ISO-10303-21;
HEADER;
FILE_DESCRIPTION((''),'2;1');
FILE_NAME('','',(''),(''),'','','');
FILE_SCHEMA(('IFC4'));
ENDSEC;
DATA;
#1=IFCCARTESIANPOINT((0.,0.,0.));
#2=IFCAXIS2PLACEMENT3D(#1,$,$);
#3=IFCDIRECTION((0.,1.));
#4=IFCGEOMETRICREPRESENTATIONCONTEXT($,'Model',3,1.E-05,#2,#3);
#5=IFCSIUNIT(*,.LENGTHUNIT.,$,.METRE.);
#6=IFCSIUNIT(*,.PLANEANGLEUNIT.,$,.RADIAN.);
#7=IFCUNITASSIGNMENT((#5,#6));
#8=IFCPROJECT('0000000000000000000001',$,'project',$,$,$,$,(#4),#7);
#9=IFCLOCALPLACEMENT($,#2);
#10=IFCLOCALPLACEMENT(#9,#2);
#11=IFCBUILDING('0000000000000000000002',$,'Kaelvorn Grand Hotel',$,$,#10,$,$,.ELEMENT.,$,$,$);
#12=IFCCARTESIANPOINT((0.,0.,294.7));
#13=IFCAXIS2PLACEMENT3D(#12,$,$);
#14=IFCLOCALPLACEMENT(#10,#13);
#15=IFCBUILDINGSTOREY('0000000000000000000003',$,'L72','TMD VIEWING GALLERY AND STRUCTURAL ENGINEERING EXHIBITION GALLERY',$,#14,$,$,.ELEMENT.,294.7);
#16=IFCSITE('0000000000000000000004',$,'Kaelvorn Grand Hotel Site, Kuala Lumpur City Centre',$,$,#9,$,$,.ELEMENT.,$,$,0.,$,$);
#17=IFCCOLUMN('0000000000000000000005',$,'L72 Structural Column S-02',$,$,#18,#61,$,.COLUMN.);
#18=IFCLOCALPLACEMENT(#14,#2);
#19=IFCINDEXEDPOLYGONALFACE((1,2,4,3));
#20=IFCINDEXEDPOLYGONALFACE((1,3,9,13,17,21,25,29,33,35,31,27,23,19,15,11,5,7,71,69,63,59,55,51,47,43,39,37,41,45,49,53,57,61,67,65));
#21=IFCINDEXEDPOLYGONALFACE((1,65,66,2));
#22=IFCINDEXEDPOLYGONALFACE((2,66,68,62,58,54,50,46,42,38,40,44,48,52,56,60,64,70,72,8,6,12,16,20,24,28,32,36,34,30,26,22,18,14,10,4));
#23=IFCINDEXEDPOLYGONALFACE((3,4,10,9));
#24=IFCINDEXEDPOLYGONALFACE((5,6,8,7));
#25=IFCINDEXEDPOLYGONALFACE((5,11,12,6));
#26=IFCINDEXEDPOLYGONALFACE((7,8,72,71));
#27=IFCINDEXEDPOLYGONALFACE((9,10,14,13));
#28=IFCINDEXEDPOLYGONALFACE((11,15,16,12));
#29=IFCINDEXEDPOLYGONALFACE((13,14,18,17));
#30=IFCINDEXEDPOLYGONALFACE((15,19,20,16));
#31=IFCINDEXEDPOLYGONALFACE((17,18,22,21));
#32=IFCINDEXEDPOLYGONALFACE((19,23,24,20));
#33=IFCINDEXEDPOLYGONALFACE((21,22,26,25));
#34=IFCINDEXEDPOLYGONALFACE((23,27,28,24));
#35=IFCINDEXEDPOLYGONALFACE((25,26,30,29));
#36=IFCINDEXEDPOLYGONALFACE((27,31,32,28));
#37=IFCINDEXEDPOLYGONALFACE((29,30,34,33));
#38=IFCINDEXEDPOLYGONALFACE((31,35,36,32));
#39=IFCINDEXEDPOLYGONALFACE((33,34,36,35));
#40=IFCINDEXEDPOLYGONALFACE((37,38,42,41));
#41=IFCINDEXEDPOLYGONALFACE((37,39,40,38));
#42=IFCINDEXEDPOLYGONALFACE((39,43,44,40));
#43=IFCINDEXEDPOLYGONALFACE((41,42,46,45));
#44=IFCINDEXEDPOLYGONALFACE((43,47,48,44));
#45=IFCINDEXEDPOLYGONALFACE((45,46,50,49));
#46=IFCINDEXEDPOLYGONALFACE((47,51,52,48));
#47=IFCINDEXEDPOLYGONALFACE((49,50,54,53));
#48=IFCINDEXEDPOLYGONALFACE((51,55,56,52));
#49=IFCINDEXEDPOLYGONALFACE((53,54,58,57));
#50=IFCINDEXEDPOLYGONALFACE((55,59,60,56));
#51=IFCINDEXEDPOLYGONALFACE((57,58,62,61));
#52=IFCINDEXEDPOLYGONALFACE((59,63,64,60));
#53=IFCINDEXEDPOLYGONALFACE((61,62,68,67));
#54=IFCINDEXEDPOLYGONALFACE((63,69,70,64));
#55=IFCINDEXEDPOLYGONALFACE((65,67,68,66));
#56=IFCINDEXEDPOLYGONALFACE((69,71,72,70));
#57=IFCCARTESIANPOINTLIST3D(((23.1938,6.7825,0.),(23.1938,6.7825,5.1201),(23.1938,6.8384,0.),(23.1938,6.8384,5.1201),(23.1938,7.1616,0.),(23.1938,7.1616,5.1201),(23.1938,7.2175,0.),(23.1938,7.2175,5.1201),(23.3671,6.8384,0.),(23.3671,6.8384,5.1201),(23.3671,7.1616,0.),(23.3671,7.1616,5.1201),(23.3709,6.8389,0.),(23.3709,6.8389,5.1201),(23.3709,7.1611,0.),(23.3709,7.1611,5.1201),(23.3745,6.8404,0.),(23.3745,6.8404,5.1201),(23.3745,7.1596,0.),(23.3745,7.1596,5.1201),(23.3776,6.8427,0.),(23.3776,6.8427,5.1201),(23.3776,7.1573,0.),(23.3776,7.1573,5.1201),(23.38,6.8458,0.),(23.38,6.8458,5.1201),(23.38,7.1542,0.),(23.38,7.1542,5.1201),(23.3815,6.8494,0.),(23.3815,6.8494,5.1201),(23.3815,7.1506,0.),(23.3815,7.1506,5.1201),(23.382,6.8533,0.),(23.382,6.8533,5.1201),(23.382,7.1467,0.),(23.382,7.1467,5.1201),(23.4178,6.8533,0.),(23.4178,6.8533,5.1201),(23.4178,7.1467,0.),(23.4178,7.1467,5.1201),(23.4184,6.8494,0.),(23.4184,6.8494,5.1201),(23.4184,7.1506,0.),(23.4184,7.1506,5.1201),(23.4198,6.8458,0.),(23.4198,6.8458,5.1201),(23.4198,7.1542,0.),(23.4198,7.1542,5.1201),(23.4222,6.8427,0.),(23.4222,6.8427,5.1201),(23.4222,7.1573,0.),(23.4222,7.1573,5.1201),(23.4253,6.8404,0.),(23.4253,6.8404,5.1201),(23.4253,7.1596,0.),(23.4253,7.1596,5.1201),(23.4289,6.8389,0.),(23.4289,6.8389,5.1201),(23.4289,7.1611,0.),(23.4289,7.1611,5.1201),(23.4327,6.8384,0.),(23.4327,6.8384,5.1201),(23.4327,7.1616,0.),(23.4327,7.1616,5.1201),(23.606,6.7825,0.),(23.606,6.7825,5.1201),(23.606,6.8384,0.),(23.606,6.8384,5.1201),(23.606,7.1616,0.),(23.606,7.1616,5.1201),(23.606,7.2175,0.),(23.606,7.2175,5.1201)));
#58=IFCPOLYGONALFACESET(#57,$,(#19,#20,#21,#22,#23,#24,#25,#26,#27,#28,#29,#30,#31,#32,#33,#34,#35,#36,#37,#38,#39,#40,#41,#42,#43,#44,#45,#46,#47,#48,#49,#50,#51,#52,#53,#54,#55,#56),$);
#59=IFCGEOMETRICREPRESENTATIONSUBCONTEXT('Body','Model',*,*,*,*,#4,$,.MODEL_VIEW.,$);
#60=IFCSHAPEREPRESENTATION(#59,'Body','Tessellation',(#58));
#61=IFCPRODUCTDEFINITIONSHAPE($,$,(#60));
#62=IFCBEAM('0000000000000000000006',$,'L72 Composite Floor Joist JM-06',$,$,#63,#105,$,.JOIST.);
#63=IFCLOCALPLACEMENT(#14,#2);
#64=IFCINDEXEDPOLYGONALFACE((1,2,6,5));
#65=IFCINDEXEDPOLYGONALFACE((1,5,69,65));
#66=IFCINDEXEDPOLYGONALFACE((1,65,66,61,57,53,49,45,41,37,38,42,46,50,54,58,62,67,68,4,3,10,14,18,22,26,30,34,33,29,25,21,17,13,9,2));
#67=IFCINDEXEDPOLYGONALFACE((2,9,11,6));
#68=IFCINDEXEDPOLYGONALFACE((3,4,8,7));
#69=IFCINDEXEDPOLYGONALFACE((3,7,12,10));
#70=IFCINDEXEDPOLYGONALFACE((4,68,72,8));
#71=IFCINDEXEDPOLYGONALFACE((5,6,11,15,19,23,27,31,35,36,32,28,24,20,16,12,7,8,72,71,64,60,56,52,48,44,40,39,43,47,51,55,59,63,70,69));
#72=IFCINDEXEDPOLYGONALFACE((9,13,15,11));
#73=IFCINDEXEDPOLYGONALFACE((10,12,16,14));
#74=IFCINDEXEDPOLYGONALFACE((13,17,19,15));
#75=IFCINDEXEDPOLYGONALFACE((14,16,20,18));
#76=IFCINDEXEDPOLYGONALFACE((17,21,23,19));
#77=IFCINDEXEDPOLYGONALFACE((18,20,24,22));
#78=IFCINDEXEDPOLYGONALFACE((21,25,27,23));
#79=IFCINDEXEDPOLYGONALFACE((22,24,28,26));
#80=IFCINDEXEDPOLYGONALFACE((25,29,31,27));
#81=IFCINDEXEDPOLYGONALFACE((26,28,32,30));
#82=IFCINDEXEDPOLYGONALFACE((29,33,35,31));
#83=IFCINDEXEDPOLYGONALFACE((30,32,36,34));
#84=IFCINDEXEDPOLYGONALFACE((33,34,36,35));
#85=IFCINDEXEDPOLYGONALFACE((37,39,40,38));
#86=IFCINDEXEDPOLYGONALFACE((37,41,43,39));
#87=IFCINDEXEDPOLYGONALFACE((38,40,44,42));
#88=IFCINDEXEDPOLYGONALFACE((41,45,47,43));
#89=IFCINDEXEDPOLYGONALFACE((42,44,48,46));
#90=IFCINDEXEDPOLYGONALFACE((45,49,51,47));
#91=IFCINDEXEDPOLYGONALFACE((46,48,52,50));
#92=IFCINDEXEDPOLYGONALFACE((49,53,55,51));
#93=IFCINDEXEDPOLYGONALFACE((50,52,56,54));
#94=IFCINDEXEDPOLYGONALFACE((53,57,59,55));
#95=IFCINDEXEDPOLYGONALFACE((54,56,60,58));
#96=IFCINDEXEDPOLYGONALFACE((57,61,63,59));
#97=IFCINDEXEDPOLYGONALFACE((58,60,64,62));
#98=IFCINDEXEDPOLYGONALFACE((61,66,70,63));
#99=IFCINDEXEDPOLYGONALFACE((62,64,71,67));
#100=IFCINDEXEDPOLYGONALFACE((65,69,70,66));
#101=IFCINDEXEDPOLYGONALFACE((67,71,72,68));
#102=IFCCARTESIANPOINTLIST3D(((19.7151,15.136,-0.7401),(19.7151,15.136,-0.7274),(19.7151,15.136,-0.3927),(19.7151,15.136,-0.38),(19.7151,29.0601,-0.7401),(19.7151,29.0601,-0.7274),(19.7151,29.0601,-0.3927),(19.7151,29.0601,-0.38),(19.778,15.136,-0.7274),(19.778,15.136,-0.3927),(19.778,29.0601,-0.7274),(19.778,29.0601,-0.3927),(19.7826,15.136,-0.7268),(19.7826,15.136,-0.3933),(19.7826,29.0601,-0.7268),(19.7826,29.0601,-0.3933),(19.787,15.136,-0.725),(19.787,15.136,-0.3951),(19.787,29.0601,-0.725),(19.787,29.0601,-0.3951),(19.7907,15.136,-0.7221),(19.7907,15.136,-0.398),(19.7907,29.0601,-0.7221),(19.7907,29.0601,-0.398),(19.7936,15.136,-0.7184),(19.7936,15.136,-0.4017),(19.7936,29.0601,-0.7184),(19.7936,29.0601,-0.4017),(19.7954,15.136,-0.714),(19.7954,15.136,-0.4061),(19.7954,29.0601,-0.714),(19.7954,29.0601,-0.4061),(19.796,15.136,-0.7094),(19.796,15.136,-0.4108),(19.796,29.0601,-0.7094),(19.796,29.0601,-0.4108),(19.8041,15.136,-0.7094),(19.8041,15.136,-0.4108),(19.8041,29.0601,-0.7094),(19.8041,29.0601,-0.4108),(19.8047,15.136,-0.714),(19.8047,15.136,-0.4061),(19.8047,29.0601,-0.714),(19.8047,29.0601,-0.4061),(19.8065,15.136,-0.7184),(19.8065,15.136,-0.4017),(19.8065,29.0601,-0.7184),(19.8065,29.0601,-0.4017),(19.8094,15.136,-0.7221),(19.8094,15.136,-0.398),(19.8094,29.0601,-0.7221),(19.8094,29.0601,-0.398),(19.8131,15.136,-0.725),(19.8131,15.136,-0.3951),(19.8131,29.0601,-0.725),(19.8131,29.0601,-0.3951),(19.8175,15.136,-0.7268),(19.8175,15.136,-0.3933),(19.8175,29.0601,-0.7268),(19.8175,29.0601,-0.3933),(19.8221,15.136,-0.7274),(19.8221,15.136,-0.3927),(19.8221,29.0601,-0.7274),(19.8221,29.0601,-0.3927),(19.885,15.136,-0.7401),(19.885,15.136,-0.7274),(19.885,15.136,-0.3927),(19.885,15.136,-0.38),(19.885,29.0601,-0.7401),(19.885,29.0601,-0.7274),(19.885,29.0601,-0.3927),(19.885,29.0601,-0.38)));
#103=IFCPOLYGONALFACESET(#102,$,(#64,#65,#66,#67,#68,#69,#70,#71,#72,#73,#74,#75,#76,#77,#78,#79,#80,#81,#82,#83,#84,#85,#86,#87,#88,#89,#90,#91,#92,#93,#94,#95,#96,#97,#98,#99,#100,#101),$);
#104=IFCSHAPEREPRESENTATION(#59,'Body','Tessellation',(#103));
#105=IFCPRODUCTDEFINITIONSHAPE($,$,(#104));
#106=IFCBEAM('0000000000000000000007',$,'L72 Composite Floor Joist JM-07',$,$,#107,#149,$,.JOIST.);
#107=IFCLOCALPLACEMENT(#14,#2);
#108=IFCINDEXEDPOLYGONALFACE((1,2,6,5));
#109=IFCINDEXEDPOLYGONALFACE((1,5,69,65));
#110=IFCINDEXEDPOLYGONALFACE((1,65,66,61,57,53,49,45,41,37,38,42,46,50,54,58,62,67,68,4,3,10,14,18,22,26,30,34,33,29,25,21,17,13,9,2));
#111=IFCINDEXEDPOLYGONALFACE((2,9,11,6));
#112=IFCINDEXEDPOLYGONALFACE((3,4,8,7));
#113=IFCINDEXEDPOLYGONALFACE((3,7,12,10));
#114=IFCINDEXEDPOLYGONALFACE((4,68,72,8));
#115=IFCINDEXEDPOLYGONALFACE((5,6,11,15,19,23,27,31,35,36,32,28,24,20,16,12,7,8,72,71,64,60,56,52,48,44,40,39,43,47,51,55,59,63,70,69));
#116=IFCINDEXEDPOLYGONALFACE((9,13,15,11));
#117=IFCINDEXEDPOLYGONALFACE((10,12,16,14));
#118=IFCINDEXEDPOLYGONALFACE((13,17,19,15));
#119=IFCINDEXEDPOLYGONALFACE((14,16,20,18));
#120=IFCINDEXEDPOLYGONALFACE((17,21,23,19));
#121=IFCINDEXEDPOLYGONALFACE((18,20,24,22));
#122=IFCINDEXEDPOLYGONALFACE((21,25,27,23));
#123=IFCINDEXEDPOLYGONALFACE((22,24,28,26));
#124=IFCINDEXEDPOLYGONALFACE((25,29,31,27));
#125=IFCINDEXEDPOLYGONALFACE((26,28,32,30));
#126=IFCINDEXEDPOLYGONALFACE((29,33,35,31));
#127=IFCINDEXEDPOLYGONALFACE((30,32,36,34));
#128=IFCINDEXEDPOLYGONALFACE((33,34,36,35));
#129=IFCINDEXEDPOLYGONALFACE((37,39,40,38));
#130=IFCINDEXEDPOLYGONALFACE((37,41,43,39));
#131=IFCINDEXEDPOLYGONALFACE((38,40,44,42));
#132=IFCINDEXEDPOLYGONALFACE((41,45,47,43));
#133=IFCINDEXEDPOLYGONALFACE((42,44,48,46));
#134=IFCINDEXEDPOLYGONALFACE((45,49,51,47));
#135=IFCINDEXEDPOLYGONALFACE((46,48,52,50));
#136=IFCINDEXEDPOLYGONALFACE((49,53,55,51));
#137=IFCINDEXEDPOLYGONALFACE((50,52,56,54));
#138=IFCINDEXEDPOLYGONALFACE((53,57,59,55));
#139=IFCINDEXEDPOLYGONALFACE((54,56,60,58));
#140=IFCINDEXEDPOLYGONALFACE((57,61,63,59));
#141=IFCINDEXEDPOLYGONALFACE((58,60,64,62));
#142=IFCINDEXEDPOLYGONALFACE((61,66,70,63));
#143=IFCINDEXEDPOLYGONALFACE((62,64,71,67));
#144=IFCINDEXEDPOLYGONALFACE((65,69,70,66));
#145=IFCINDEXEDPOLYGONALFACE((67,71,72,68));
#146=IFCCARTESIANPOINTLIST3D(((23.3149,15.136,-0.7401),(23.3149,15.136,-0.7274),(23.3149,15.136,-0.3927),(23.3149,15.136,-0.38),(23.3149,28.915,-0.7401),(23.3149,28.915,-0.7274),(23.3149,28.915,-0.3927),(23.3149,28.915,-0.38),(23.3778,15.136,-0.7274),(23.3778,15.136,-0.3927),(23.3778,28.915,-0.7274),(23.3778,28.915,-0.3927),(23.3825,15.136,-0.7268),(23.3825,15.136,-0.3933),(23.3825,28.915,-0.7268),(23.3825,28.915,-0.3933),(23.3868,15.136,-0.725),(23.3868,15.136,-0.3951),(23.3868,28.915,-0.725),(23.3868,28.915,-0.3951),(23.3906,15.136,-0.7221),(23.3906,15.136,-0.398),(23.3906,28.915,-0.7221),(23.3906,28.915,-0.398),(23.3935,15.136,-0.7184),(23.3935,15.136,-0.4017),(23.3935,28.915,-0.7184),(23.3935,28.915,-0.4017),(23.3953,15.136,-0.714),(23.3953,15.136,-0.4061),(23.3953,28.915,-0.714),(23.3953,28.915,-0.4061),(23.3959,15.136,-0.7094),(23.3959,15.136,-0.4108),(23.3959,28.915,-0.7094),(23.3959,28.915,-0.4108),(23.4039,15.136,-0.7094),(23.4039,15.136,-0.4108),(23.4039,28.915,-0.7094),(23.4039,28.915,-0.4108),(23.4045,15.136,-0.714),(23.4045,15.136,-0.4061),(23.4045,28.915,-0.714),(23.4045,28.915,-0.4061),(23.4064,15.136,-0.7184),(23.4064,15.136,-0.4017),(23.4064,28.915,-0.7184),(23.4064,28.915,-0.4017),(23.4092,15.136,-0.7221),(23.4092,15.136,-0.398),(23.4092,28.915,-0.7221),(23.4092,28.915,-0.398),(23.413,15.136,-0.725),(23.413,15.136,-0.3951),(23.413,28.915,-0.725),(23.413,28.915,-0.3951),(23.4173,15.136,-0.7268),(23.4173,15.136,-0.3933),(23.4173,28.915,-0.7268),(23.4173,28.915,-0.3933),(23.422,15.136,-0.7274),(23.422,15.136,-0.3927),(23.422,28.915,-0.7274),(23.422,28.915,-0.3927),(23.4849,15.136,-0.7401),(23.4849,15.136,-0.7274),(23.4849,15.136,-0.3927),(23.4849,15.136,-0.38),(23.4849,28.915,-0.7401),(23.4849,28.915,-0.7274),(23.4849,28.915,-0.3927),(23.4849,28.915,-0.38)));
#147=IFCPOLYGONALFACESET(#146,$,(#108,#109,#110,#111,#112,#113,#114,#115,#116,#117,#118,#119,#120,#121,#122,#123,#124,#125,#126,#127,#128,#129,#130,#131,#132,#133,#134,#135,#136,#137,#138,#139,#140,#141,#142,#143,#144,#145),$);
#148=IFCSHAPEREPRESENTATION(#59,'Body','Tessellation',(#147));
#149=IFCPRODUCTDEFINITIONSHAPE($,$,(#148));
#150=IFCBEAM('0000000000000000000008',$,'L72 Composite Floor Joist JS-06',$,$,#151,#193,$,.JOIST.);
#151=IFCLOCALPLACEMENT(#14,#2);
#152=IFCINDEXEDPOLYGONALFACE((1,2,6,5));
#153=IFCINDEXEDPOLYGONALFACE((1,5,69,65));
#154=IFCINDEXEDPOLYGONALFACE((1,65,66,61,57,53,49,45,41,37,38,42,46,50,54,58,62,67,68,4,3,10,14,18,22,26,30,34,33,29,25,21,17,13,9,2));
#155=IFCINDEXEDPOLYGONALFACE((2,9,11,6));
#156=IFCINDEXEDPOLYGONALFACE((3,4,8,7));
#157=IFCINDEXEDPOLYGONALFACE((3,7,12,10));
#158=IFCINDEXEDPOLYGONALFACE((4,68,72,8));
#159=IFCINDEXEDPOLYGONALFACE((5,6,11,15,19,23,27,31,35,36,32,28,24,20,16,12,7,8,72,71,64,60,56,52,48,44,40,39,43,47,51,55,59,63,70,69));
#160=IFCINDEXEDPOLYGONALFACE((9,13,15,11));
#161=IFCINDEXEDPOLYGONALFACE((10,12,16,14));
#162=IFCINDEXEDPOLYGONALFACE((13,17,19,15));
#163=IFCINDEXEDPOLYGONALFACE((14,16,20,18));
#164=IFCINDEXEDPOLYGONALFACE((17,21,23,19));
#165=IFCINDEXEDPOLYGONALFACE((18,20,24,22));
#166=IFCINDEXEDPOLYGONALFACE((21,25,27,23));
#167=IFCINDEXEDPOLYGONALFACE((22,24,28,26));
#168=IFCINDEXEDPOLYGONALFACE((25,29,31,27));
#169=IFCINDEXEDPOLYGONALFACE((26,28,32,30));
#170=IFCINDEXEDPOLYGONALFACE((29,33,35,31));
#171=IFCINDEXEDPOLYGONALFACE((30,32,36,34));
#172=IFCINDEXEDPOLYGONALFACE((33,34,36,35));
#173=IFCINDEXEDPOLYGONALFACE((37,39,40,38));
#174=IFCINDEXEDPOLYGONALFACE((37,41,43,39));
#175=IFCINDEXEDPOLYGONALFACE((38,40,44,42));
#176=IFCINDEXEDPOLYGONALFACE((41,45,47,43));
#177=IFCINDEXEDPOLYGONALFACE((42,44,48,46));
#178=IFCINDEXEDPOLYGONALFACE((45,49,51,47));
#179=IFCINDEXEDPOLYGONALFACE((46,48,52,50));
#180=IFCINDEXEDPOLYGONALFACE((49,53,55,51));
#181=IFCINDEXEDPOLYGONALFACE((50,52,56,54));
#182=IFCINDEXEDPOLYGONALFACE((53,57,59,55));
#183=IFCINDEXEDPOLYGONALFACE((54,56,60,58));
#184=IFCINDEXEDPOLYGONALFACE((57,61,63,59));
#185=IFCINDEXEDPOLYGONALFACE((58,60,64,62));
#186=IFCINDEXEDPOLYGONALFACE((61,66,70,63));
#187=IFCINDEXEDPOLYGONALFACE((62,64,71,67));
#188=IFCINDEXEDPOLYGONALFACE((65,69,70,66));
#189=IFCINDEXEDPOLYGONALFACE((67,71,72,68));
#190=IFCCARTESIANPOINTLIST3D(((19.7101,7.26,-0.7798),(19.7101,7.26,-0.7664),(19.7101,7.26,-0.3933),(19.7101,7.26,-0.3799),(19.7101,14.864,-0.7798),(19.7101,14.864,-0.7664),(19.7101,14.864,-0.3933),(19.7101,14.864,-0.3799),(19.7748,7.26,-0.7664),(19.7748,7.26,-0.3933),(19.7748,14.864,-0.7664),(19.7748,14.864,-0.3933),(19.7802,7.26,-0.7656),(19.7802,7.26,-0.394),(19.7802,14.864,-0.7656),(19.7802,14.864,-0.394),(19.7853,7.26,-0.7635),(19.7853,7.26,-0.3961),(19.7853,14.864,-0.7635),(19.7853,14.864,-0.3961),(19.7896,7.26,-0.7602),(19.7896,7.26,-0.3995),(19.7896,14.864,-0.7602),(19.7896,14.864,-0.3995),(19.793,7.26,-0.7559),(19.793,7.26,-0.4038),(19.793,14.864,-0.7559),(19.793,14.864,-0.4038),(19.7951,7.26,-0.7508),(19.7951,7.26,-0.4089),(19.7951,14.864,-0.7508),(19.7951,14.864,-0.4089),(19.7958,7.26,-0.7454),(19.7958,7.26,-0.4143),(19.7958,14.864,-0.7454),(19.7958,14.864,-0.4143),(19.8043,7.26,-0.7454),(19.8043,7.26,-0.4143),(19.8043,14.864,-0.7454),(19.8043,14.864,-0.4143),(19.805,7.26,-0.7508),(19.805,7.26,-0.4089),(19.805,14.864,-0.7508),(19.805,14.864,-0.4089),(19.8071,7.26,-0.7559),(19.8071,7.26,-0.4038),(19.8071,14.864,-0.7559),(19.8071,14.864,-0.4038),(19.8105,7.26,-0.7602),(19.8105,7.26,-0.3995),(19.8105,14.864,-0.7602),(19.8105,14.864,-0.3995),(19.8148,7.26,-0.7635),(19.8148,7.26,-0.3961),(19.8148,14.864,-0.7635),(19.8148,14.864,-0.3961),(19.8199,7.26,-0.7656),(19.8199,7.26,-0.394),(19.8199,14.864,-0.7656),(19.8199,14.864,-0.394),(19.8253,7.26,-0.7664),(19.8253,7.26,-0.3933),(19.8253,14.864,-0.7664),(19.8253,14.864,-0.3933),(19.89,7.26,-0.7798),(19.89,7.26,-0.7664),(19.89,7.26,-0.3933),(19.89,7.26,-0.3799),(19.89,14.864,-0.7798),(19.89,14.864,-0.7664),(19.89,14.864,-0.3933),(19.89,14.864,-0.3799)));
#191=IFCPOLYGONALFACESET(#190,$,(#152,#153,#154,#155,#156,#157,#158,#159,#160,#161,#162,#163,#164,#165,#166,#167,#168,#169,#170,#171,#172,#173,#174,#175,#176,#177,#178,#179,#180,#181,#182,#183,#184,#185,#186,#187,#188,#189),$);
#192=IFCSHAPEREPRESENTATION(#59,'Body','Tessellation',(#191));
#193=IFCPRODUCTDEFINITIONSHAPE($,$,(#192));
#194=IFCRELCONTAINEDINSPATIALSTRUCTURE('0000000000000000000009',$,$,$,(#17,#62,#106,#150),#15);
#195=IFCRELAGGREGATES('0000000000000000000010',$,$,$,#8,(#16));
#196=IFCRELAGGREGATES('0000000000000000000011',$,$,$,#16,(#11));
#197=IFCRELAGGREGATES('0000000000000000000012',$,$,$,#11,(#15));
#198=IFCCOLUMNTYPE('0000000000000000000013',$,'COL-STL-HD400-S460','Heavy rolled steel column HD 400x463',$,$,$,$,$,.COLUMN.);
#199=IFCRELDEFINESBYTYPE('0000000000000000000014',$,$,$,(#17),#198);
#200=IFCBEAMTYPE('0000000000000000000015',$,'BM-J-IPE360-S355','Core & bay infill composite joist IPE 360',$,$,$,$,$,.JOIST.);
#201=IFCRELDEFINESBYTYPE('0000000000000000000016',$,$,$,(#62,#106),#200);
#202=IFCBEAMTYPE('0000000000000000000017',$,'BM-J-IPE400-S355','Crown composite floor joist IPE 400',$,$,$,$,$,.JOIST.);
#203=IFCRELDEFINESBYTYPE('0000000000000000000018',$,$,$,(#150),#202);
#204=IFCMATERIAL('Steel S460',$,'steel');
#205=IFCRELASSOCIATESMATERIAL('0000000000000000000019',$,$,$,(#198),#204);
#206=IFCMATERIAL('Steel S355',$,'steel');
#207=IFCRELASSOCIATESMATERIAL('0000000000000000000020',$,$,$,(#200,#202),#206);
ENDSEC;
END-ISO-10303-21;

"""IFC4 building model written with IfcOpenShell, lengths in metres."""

from ifc_helpers import new_model, si_unit, direction, frame, origin, origin_2d, place, context, subcontext, project, spatial, i_section, extrude, material, material_profile, profile_set, type_object, element, save


model = new_model("IFC4")

# Units and contexts
model_context = context("Model", 3, precision=1e-05, world=origin(), true_north=direction((0.0, 1.0)))
body_context = subcontext(model_context, "Body", "Model", "MODEL_VIEW")
ifc_project = project(units=[si_unit("LENGTHUNIT", "METRE"), si_unit("PLANEANGLEUNIT", "RADIAN")], contexts=[model_context])

# Site, building, storey
site_placement = place(None, origin())
site = spatial("IfcSite", under=ifc_project, at=site_placement, Name="Kaelvorn Grand Hotel Site, Kuala Lumpur City Centre", CompositionType="ELEMENT", RefElevation=0.0)
building_placement = place(site_placement, origin())
building = spatial("IfcBuilding", under=site, at=building_placement, Name="Kaelvorn Grand Hotel", CompositionType="ELEMENT")
storey_placement = place(building_placement, frame((0.0, 0.0, 294.7)))
storey = spatial("IfcBuildingStorey", under=building, at=storey_placement, Name="L72", Description="TMD VIEWING GALLERY AND STRUCTURAL ENGINEERING EXHIBITION GALLERY", CompositionType="ELEMENT", Elevation=294.7)

# Column
ifc_material_1 = material(Name="Steel S460", Category="steel")
ifc_material_profile_1 = material_profile(ifc_material_1, i_section(OverallWidth=0.4121, OverallDepth=0.4351, WebThickness=0.0359, FlangeThickness=0.0559, FilletRadius=0.0149, at=origin_2d()), Name="HD 400x463")
ifc_profile_set_1 = profile_set([ifc_material_profile_1], Name="Steel S460")
column_type = type_object("IfcColumnType", Name="COL-STL-HD400-S460", Description="Heavy rolled steel column HD 400x463", PredefinedType="COLUMN", material=ifc_profile_set_1)
column_placement = place(storey_placement, frame((23.3999, 7.0, 0.0), z_axis=(0.0, 0.0, 1.0), x_axis=(1.0, 0.0, 0.0)))
element("IfcColumn", 1, at=column_placement, inside=storey, type_object=column_type, Name="L72 Structural Column S-02", PredefinedType="COLUMN", context=body_context, shape_type="SweptSolid", body=[
    extrude(i_section(OverallWidth=0.4121, OverallDepth=0.4351, WebThickness=0.0359, FlangeThickness=0.0559, FilletRadius=0.0149, at=origin_2d()), origin(), (0.0, 0.0, 1.0), 5.1201),
])

# Beams
ifc_material_2 = material(Name="Steel S355", Category="steel")
ifc_material_profile_2 = material_profile(ifc_material_2, i_section(OverallWidth=0.1699, OverallDepth=0.3601, WebThickness=0.0081, FlangeThickness=0.0127, FilletRadius=0.0181, at=origin_2d()), Name="IPE 360")
ifc_profile_set_2 = profile_set([ifc_material_profile_2], Name="Steel S355")
beam_type_1 = type_object("IfcBeamType", Name="BM-J-IPE360-S355", Description="Core & bay infill composite joist IPE 360", PredefinedType="JOIST", material=ifc_profile_set_2)
beam_1_placement = place(storey_placement, frame((19.8, 15.136, -0.5601), z_axis=(0.0, 1.0, 0.0), x_axis=(-1.0, 0.0, 0.0)))
element("IfcBeam", 2, at=beam_1_placement, inside=storey, type_object=beam_type_1, Name="L72 Composite Floor Joist JM-06", PredefinedType="JOIST", context=body_context, shape_type="SweptSolid", body=[
    extrude(i_section(OverallWidth=0.1699, OverallDepth=0.3601, WebThickness=0.0081, FlangeThickness=0.0127, FilletRadius=0.0181, at=origin_2d()), origin(), (0.0, 0.0, 1.0), 13.9241),
])
beam_2_placement = place(storey_placement, frame((23.3999, 15.136, -0.5601), z_axis=(0.0, 1.0, 0.0), x_axis=(-1.0, 0.0, 0.0)))
element("IfcBeam", 3, at=beam_2_placement, inside=storey, type_object=beam_type_1, Name="L72 Composite Floor Joist JM-07", PredefinedType="JOIST", context=body_context, shape_type="SweptSolid", body=[
    extrude(i_section(OverallWidth=0.1699, OverallDepth=0.3601, WebThickness=0.0081, FlangeThickness=0.0127, FilletRadius=0.0181, at=origin_2d()), origin(), (0.0, 0.0, 1.0), 13.7791),
])
ifc_material_profile_3 = material_profile(ifc_material_2, i_section(OverallWidth=0.1799, OverallDepth=0.3999, WebThickness=0.0085, FlangeThickness=0.0134, FilletRadius=0.021, at=origin_2d()), Name="IPE 400")
ifc_profile_set_3 = profile_set([ifc_material_profile_3], Name="Steel S355")
beam_type_2 = type_object("IfcBeamType", Name="BM-J-IPE400-S355", Description="Crown composite floor joist IPE 400", PredefinedType="JOIST", material=ifc_profile_set_3)
beam_3_placement = place(storey_placement, frame((19.8, 7.26, -0.5798), z_axis=(0.0, 1.0, 0.0), x_axis=(-1.0, 0.0, 0.0)))
element("IfcBeam", 4, at=beam_3_placement, inside=storey, type_object=beam_type_2, Name="L72 Composite Floor Joist JS-06", PredefinedType="JOIST", context=body_context, shape_type="SweptSolid", body=[
    extrude(i_section(OverallWidth=0.1799, OverallDepth=0.3999, WebThickness=0.0085, FlangeThickness=0.0134, FilletRadius=0.021, at=origin_2d()), origin(), (0.0, 0.0, 1.0), 7.604),
])

save(model, "model.ifc")
